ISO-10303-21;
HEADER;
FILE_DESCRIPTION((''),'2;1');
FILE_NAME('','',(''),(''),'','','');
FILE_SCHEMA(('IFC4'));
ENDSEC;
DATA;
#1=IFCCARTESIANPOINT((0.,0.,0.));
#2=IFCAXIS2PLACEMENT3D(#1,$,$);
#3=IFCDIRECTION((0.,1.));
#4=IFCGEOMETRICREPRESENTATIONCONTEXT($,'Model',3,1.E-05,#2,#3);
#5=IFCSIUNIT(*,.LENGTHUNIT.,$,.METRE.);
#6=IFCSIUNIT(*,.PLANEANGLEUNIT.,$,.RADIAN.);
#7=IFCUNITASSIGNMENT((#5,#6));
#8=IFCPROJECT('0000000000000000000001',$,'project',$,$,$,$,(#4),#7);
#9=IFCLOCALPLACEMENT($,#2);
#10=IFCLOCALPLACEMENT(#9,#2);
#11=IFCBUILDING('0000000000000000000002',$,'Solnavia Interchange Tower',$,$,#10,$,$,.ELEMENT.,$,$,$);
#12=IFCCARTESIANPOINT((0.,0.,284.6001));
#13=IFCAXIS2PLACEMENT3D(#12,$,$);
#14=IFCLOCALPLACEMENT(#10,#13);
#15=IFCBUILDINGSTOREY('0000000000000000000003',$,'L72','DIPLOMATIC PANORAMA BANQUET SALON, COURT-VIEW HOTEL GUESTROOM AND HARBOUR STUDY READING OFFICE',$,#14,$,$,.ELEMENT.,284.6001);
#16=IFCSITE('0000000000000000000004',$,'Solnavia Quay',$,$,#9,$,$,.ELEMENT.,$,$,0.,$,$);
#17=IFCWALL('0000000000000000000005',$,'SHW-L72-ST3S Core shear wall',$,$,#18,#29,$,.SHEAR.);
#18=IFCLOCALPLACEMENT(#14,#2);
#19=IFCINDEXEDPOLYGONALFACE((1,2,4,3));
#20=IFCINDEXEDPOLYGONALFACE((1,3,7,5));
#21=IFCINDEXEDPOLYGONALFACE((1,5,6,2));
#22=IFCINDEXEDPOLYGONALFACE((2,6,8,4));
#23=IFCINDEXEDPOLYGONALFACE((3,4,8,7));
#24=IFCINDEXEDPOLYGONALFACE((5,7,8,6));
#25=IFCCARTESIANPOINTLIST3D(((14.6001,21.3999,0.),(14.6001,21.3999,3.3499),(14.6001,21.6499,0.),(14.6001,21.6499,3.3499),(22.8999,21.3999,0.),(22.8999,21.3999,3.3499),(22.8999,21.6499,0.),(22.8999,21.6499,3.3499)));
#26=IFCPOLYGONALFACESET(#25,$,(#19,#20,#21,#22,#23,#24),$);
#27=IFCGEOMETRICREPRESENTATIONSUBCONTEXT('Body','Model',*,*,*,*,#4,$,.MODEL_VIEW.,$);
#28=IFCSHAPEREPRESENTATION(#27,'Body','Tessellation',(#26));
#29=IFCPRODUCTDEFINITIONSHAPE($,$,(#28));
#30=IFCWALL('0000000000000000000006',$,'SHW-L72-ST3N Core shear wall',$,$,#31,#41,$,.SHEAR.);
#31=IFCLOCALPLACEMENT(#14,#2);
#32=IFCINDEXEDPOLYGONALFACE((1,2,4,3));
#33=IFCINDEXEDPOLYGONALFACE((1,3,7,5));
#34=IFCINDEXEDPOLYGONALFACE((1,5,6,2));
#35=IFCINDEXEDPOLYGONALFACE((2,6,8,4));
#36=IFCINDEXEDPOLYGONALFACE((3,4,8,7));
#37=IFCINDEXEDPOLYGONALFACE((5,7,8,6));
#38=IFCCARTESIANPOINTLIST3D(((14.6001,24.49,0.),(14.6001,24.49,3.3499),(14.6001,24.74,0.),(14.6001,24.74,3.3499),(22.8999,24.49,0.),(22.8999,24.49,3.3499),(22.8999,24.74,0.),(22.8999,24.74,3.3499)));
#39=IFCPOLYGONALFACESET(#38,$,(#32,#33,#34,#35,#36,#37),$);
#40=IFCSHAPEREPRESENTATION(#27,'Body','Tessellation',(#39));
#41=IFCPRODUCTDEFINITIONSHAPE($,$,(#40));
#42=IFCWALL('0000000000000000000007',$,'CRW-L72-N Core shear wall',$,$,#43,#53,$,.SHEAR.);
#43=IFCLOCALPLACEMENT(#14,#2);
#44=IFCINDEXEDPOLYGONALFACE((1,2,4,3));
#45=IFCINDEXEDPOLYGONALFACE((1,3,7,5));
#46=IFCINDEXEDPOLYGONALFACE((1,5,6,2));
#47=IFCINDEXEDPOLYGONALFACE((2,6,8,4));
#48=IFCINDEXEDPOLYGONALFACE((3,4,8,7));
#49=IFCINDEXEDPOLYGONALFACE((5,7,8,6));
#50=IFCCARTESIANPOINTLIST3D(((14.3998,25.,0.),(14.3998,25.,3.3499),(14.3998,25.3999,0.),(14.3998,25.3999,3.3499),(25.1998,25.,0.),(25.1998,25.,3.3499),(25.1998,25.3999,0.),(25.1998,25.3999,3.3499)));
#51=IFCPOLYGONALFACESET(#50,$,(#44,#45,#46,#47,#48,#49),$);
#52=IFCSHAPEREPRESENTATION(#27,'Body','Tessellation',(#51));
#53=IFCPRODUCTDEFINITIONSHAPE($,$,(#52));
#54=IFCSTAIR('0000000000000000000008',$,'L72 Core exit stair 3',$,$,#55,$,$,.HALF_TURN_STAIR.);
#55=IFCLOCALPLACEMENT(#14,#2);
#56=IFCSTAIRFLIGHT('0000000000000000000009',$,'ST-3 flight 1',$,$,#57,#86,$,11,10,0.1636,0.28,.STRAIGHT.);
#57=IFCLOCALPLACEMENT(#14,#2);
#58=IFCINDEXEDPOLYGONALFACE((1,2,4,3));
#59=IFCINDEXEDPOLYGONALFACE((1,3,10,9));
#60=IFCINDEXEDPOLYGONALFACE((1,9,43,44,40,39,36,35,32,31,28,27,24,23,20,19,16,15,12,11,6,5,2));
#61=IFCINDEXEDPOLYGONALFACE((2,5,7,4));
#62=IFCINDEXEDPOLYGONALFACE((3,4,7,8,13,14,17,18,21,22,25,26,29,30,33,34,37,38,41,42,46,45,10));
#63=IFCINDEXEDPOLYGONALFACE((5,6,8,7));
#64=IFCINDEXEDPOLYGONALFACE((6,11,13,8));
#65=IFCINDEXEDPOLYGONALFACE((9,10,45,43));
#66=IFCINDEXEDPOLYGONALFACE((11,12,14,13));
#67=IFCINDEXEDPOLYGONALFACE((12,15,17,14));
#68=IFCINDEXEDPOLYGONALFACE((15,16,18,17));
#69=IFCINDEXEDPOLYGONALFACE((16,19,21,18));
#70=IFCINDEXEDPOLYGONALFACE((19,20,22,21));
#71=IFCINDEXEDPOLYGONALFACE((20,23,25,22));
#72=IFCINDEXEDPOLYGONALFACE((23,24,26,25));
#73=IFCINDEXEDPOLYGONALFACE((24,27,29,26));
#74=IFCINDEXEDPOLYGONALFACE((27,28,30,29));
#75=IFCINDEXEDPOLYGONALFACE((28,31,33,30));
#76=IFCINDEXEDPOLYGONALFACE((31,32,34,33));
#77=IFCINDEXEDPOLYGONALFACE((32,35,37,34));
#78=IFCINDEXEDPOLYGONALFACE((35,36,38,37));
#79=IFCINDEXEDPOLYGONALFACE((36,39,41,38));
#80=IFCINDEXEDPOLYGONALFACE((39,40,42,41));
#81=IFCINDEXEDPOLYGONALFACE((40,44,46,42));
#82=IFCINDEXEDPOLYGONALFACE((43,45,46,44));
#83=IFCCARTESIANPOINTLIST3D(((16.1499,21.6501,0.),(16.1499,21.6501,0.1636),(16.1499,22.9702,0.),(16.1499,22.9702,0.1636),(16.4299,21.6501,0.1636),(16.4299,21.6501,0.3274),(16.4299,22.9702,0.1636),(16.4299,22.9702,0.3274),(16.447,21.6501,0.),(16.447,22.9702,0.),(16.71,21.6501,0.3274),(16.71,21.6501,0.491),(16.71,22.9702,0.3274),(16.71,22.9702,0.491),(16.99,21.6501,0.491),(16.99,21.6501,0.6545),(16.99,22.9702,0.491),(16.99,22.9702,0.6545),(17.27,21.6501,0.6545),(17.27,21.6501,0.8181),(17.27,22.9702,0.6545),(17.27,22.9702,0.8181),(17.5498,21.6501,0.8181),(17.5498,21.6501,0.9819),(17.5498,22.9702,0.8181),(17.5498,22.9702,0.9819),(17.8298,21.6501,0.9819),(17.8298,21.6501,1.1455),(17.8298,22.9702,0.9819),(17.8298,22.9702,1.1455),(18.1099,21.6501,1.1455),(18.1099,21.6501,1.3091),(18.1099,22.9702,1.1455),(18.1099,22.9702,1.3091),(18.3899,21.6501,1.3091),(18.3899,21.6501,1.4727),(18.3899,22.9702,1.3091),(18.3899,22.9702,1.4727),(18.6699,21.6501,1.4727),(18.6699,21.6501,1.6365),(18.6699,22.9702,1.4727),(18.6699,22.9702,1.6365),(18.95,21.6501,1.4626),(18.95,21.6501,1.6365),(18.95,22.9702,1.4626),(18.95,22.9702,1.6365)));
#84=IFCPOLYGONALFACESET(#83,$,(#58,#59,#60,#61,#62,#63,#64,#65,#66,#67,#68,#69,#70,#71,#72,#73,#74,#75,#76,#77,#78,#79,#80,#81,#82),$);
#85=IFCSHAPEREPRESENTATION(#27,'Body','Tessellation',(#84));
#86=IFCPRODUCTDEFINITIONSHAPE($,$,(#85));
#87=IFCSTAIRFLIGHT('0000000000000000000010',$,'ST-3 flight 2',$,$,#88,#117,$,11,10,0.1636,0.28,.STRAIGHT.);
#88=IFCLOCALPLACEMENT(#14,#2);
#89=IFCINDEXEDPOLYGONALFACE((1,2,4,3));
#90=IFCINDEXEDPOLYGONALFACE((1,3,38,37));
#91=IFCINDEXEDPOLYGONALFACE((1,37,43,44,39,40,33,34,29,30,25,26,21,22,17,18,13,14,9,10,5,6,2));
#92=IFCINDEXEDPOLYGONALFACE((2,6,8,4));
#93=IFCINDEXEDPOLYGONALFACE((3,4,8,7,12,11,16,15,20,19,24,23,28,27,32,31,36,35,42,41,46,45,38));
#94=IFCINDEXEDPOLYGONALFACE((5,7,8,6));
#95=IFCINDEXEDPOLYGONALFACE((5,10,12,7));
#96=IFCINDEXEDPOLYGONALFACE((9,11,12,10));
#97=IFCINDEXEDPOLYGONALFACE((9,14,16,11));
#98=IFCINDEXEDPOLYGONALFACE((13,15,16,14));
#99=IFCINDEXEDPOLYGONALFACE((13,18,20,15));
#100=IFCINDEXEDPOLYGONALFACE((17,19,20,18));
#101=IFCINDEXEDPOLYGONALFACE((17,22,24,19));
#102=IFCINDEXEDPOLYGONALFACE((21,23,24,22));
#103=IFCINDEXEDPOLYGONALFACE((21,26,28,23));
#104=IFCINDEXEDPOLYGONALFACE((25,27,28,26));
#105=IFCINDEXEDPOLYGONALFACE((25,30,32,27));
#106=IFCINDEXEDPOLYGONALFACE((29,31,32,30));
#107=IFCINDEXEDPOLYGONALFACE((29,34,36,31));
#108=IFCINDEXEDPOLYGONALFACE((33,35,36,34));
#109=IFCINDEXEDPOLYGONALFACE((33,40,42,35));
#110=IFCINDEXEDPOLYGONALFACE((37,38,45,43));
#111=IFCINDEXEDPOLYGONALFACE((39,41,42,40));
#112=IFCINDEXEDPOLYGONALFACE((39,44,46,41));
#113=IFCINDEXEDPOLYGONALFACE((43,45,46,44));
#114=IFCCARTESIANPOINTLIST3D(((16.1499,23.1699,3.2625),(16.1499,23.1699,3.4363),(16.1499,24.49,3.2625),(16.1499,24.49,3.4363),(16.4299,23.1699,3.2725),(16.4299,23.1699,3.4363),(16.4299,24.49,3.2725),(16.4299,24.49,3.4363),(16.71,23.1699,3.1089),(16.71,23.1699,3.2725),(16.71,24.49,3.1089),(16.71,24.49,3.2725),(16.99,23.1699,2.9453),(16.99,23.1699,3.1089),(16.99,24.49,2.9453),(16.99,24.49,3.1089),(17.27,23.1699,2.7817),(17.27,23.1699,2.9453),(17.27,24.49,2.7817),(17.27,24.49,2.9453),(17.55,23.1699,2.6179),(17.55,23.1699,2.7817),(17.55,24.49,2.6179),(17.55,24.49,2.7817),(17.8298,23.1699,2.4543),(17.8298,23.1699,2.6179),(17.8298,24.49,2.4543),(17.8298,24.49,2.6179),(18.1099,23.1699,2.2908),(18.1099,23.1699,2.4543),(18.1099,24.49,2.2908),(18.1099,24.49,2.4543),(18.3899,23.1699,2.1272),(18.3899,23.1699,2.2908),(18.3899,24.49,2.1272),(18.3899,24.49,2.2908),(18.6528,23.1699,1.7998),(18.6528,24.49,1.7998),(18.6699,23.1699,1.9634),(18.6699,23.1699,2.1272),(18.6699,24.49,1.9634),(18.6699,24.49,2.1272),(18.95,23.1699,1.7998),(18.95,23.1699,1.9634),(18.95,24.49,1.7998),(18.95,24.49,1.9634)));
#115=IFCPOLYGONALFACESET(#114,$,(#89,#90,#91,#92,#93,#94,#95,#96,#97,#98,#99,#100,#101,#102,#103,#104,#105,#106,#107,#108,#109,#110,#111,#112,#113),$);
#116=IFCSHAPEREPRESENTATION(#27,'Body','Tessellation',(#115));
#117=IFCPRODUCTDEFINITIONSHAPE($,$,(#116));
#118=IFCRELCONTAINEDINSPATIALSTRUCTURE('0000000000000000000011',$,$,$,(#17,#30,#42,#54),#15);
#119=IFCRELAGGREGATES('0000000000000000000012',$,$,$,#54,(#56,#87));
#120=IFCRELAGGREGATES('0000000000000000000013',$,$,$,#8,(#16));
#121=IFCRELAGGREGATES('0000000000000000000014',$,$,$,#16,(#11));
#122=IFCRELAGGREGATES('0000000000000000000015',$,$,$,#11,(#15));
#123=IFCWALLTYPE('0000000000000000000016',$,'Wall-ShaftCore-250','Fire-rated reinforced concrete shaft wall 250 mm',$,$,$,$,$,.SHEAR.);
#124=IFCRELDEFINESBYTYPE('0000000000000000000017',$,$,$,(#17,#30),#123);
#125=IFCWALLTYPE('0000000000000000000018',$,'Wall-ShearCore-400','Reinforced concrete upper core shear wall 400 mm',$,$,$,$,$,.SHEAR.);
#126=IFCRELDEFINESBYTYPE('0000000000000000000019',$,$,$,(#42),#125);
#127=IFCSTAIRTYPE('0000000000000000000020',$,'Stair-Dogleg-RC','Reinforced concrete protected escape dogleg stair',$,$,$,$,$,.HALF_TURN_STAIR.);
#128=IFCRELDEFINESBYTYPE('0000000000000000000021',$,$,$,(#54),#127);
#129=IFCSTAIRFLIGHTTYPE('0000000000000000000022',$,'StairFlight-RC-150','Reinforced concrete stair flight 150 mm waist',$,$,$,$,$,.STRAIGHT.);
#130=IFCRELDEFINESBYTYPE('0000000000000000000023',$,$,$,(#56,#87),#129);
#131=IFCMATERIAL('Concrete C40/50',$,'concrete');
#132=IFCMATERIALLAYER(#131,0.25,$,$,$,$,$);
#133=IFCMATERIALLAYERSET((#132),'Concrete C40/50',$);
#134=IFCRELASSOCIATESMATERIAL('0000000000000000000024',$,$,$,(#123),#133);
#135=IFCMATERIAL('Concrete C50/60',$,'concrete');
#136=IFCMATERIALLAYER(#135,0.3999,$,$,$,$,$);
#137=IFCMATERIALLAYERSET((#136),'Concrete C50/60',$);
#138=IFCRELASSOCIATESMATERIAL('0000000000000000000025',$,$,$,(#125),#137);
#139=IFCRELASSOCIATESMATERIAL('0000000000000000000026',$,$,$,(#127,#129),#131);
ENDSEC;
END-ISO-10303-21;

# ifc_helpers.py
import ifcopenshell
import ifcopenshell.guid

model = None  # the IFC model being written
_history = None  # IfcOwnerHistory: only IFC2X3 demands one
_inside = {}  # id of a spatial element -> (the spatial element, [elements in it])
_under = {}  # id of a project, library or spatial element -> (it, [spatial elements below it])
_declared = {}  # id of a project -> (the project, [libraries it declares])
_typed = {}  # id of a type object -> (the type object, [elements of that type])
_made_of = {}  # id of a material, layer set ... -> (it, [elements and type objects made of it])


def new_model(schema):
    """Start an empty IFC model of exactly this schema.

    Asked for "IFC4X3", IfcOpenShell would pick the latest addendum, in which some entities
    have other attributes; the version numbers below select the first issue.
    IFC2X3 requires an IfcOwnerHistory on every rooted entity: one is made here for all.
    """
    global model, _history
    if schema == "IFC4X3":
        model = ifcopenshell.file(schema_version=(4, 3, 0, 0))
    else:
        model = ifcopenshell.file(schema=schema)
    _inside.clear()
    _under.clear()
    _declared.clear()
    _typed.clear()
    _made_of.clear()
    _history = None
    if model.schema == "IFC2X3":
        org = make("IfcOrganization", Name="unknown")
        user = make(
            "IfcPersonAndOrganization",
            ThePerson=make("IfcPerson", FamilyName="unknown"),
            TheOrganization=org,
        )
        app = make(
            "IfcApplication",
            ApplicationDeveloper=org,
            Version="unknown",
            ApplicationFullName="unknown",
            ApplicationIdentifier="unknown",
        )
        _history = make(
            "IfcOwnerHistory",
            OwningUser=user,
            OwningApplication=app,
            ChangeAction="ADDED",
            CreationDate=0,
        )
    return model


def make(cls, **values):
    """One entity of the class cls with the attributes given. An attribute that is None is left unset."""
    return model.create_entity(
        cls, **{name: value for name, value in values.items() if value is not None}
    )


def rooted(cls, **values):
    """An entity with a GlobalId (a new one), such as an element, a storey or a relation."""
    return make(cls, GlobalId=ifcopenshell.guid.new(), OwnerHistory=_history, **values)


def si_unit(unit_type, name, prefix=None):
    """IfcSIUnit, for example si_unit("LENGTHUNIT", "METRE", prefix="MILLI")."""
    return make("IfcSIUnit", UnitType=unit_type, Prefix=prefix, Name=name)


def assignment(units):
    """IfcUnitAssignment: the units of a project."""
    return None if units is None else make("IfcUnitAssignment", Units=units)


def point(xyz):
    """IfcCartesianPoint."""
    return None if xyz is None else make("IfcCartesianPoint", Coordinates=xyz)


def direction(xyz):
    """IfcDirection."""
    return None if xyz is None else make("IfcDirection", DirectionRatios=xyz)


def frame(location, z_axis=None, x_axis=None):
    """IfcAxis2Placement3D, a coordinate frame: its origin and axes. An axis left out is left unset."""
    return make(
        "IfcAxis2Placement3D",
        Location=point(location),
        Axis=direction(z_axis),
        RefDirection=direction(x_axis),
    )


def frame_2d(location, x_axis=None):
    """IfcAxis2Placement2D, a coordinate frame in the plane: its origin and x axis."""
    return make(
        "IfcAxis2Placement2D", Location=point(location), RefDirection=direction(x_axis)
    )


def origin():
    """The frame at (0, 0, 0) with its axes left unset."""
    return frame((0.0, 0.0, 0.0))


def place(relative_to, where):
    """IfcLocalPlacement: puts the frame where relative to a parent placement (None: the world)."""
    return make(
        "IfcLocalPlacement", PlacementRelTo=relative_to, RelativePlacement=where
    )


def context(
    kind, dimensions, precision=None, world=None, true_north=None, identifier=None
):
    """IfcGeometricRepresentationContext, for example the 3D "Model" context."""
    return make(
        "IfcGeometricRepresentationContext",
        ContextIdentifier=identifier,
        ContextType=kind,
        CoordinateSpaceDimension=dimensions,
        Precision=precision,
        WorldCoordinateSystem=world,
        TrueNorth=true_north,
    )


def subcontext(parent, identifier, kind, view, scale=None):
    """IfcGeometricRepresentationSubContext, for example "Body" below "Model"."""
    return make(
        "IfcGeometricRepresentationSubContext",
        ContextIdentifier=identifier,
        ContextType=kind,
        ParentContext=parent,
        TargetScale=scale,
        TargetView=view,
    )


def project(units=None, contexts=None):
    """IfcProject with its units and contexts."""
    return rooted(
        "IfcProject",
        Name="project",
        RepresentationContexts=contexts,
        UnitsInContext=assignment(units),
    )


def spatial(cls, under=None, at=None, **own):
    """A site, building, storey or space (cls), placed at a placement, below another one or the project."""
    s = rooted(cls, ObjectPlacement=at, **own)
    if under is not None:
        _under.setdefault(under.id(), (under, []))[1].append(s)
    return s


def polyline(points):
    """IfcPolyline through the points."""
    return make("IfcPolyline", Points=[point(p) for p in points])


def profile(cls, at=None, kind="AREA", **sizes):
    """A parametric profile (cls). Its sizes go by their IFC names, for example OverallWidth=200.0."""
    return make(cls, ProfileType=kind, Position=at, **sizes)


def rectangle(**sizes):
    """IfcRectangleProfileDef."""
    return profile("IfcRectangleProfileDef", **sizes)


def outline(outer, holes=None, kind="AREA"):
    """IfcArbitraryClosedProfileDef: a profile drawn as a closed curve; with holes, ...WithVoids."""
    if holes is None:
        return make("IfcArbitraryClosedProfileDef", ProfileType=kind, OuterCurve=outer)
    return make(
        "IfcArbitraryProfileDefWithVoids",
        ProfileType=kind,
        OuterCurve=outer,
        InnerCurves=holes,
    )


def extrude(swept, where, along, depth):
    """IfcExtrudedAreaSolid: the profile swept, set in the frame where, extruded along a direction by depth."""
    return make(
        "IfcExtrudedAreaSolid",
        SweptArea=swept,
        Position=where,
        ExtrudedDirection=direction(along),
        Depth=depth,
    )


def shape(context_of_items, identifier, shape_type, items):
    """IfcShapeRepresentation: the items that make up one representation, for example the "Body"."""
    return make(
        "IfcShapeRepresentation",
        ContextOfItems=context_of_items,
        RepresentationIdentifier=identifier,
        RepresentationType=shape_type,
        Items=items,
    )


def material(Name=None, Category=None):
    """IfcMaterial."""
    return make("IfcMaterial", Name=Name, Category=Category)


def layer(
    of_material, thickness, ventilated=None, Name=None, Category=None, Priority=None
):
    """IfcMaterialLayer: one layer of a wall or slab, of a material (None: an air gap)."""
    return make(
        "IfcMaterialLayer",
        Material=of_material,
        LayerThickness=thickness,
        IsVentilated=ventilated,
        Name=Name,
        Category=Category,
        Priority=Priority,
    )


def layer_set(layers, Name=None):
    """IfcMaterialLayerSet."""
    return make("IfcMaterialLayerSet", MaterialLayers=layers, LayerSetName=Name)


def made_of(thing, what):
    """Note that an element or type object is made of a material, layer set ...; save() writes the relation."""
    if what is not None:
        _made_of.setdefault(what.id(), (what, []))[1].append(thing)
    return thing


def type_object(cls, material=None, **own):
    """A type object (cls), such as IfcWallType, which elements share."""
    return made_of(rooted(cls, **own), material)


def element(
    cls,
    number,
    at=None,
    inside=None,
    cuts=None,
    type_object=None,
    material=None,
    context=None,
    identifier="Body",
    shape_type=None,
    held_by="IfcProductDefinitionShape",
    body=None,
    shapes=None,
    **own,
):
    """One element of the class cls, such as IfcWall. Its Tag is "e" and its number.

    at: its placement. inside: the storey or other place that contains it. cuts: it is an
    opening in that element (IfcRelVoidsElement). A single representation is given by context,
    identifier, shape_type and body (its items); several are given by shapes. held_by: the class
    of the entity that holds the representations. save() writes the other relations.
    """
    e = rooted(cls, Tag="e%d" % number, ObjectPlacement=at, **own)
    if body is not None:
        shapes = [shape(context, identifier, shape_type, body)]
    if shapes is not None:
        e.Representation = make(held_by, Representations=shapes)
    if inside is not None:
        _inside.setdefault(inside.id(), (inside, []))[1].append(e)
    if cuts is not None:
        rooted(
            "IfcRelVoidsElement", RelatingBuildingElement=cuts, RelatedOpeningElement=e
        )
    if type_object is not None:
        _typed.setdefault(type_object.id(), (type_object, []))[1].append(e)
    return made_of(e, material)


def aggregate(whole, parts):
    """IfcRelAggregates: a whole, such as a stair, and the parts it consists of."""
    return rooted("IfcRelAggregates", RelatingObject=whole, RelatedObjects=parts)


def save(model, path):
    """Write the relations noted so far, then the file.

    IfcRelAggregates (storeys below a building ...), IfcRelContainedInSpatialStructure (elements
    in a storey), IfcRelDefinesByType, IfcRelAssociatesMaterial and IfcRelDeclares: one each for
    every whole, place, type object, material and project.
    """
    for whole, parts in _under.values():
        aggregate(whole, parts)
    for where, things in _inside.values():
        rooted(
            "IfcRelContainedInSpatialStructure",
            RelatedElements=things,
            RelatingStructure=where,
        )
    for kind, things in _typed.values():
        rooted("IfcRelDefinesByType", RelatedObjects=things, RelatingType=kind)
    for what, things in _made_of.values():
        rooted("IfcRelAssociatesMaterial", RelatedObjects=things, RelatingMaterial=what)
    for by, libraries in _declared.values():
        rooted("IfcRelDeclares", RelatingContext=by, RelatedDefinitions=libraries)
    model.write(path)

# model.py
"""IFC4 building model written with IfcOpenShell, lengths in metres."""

from ifc_helpers import new_model, si_unit, direction, frame, frame_2d, origin, place, context, subcontext, project, spatial, polyline, rectangle, outline, extrude, material, layer, layer_set, type_object, element, aggregate, save


model = new_model("IFC4")

# Units and contexts
model_context = context("Model", 3, precision=1e-05, world=origin(), true_north=direction((0.0, 1.0)))
body_context = subcontext(model_context, "Body", "Model", "MODEL_VIEW")
ifc_project = project(units=[si_unit("LENGTHUNIT", "METRE"), si_unit("PLANEANGLEUNIT", "RADIAN")], contexts=[model_context])

# Site, building, storey
site_placement = place(None, origin())
site = spatial("IfcSite", under=ifc_project, at=site_placement, Name="Solnavia Quay", CompositionType="ELEMENT", RefElevation=0.0)
building_placement = place(site_placement, origin())
building = spatial("IfcBuilding", under=site, at=building_placement, Name="Solnavia Interchange Tower", CompositionType="ELEMENT")
storey_placement = place(building_placement, frame((0.0, 0.0, 284.6001)))
storey = spatial("IfcBuildingStorey", under=building, at=storey_placement, Name="L72", Description="DIPLOMATIC PANORAMA BANQUET SALON, COURT-VIEW HOTEL GUESTROOM AND HARBOUR STUDY READING OFFICE", CompositionType="ELEMENT", Elevation=284.6001)

# Shared definitions
ifc_material_1 = material(Name="Concrete C50/60", Category="concrete")

# Shared definitions
ifc_material_2 = material(Name="Concrete C40/50", Category="concrete")

# Walls
ifc_layer_1 = layer(ifc_material_2, 0.25)
ifc_layer_set_1 = layer_set([ifc_layer_1], Name="Concrete C40/50")
wall_type_1 = type_object("IfcWallType", Name="Wall-ShaftCore-250", Description="Fire-rated reinforced concrete shaft wall 250 mm", PredefinedType="SHEAR", material=ifc_layer_set_1)
for number, where, z_axis, x_axis, name in (
    (1, (14.6001, 21.5249, 0.0), (0.0, 0.0, 1.0), (1.0, 0.0, 0.0), "SHW-L72-ST3S Core shear wall"),
    (2, (14.6001, 24.615, 0.0), (0.0, 0.0, 1.0), (1.0, 0.0, 0.0), "SHW-L72-ST3N Core shear wall"),
):
    element("IfcWall", number, at=place(storey_placement, frame(where, z_axis=z_axis, x_axis=x_axis)), inside=storey, type_object=wall_type_1, Name=name, PredefinedType="SHEAR", context=body_context, shape_type="SweptSolid", body=[
        extrude(rectangle(XDim=8.2998, YDim=0.25, at=frame_2d((4.1499, 0.0))), origin(), (0.0, 0.0, 1.0), 3.3499),
    ])
ifc_layer_2 = layer(ifc_material_1, 0.3999)
ifc_layer_set_2 = layer_set([ifc_layer_2], Name="Concrete C50/60")
wall_type_2 = type_object("IfcWallType", Name="Wall-ShearCore-400", Description="Reinforced concrete upper core shear wall 400 mm", PredefinedType="SHEAR", material=ifc_layer_set_2)
wall_1_placement = place(storey_placement, frame((14.3999, 25.2, 0.0), z_axis=(0.0, 0.0, 1.0), x_axis=(1.0, 0.0, 0.0)))
element("IfcWall", 3, at=wall_1_placement, inside=storey, type_object=wall_type_2, Name="CRW-L72-N Core shear wall", PredefinedType="SHEAR", context=body_context, shape_type="SweptSolid", body=[
    extrude(rectangle(XDim=10.8, YDim=0.3999, at=frame_2d((5.3999, 0.0))), origin(), (0.0, 0.0, 1.0), 3.3499),
])

# Stair, stair flights
stair_type = type_object("IfcStairType", Name="Stair-Dogleg-RC", Description="Reinforced concrete protected escape dogleg stair", PredefinedType="HALF_TURN_STAIR", material=ifc_material_2)
stair_placement = place(storey_placement, origin())
stair = element("IfcStair", 4, at=stair_placement, inside=storey, type_object=stair_type, Name="L72 Core exit stair 3", PredefinedType="HALF_TURN_STAIR")
stair_flight_type = type_object("IfcStairFlightType", Name="StairFlight-RC-150", Description="Reinforced concrete stair flight 150 mm waist", PredefinedType="STRAIGHT", material=ifc_material_2)
stair_flight_1_placement = place(storey_placement, frame((16.1499, 22.3101, 0.0), z_axis=(0.0, 0.0, 1.0), x_axis=(1.0, 0.0, 0.0)))
stair_flight_1 = element("IfcStairFlight", 5, at=stair_flight_1_placement, type_object=stair_flight_type, Name="ST-3 flight 1", NumberOfRisers=11, NumberOfTreads=10, PredefinedType="STRAIGHT", RiserHeight=0.1636, TreadLength=0.28, context=body_context, shape_type="SweptSolid", body=[
    extrude(outline(polyline([(0.0, 0.0), (0.0, 0.1636), (0.28, 0.1636), (0.28, 0.3274), (0.5601, 0.3274), (0.5601, 0.491), (0.8401, 0.491), (0.8401, 0.6545), (1.1201, 0.6545), (1.1201, 0.8181), (1.3999, 0.8181), (1.3999, 0.9819), (1.6799, 0.9819), (1.6799, 1.1455), (1.96, 1.1455), (1.96, 1.3091), (2.24, 1.3091), (2.24, 1.4727), (2.52, 1.4727), (2.52, 1.6365), (2.8, 1.6365), (2.8, 1.8), (2.8, 1.4626), (0.2971, 0.0), (0.0, 0.0)])), frame((0.0, 0.6602, 0.0), z_axis=(0.0, -1.0, 0.0), x_axis=(1.0, 0.0, 0.0)), (0.0, 0.0, 1.0), 1.3201),
])
stair_flight_2_placement = place(storey_placement, frame((18.95, 23.8301, 1.7998), z_axis=(0.0, 0.0, 1.0), x_axis=(-1.0, 0.0, 0.0)))
stair_flight_2 = element("IfcStairFlight", 6, at=stair_flight_2_placement, type_object=stair_flight_type, Name="ST-3 flight 2", NumberOfRisers=11, NumberOfTreads=10, PredefinedType="STRAIGHT", RiserHeight=0.1636, TreadLength=0.28, context=body_context, shape_type="SweptSolid", body=[
    extrude(outline(polyline([(0.0, 0.0), (0.0, 0.1636), (0.28, 0.1636), (0.28, 0.3274), (0.5601, 0.3274), (0.5601, 0.491), (0.8401, 0.491), (0.8401, 0.6545), (1.1201, 0.6545), (1.1201, 0.8181), (1.3999, 0.8181), (1.3999, 0.9819), (1.6799, 0.9819), (1.6799, 1.1455), (1.96, 1.1455), (1.96, 1.3091), (2.24, 1.3091), (2.24, 1.4727), (2.52, 1.4727), (2.52, 1.6365), (2.8, 1.6365), (2.8, 1.8), (2.8, 1.4626), (0.2971, 0.0), (0.0, 0.0)])), frame((0.0, 0.6602, 0.0), z_axis=(0.0, -1.0, 0.0), x_axis=(1.0, 0.0, 0.0)), (0.0, 0.0, 1.0), 1.3201),
])
aggregate(stair, [stair_flight_1, stair_flight_2])

save(model, "model.ifc")
